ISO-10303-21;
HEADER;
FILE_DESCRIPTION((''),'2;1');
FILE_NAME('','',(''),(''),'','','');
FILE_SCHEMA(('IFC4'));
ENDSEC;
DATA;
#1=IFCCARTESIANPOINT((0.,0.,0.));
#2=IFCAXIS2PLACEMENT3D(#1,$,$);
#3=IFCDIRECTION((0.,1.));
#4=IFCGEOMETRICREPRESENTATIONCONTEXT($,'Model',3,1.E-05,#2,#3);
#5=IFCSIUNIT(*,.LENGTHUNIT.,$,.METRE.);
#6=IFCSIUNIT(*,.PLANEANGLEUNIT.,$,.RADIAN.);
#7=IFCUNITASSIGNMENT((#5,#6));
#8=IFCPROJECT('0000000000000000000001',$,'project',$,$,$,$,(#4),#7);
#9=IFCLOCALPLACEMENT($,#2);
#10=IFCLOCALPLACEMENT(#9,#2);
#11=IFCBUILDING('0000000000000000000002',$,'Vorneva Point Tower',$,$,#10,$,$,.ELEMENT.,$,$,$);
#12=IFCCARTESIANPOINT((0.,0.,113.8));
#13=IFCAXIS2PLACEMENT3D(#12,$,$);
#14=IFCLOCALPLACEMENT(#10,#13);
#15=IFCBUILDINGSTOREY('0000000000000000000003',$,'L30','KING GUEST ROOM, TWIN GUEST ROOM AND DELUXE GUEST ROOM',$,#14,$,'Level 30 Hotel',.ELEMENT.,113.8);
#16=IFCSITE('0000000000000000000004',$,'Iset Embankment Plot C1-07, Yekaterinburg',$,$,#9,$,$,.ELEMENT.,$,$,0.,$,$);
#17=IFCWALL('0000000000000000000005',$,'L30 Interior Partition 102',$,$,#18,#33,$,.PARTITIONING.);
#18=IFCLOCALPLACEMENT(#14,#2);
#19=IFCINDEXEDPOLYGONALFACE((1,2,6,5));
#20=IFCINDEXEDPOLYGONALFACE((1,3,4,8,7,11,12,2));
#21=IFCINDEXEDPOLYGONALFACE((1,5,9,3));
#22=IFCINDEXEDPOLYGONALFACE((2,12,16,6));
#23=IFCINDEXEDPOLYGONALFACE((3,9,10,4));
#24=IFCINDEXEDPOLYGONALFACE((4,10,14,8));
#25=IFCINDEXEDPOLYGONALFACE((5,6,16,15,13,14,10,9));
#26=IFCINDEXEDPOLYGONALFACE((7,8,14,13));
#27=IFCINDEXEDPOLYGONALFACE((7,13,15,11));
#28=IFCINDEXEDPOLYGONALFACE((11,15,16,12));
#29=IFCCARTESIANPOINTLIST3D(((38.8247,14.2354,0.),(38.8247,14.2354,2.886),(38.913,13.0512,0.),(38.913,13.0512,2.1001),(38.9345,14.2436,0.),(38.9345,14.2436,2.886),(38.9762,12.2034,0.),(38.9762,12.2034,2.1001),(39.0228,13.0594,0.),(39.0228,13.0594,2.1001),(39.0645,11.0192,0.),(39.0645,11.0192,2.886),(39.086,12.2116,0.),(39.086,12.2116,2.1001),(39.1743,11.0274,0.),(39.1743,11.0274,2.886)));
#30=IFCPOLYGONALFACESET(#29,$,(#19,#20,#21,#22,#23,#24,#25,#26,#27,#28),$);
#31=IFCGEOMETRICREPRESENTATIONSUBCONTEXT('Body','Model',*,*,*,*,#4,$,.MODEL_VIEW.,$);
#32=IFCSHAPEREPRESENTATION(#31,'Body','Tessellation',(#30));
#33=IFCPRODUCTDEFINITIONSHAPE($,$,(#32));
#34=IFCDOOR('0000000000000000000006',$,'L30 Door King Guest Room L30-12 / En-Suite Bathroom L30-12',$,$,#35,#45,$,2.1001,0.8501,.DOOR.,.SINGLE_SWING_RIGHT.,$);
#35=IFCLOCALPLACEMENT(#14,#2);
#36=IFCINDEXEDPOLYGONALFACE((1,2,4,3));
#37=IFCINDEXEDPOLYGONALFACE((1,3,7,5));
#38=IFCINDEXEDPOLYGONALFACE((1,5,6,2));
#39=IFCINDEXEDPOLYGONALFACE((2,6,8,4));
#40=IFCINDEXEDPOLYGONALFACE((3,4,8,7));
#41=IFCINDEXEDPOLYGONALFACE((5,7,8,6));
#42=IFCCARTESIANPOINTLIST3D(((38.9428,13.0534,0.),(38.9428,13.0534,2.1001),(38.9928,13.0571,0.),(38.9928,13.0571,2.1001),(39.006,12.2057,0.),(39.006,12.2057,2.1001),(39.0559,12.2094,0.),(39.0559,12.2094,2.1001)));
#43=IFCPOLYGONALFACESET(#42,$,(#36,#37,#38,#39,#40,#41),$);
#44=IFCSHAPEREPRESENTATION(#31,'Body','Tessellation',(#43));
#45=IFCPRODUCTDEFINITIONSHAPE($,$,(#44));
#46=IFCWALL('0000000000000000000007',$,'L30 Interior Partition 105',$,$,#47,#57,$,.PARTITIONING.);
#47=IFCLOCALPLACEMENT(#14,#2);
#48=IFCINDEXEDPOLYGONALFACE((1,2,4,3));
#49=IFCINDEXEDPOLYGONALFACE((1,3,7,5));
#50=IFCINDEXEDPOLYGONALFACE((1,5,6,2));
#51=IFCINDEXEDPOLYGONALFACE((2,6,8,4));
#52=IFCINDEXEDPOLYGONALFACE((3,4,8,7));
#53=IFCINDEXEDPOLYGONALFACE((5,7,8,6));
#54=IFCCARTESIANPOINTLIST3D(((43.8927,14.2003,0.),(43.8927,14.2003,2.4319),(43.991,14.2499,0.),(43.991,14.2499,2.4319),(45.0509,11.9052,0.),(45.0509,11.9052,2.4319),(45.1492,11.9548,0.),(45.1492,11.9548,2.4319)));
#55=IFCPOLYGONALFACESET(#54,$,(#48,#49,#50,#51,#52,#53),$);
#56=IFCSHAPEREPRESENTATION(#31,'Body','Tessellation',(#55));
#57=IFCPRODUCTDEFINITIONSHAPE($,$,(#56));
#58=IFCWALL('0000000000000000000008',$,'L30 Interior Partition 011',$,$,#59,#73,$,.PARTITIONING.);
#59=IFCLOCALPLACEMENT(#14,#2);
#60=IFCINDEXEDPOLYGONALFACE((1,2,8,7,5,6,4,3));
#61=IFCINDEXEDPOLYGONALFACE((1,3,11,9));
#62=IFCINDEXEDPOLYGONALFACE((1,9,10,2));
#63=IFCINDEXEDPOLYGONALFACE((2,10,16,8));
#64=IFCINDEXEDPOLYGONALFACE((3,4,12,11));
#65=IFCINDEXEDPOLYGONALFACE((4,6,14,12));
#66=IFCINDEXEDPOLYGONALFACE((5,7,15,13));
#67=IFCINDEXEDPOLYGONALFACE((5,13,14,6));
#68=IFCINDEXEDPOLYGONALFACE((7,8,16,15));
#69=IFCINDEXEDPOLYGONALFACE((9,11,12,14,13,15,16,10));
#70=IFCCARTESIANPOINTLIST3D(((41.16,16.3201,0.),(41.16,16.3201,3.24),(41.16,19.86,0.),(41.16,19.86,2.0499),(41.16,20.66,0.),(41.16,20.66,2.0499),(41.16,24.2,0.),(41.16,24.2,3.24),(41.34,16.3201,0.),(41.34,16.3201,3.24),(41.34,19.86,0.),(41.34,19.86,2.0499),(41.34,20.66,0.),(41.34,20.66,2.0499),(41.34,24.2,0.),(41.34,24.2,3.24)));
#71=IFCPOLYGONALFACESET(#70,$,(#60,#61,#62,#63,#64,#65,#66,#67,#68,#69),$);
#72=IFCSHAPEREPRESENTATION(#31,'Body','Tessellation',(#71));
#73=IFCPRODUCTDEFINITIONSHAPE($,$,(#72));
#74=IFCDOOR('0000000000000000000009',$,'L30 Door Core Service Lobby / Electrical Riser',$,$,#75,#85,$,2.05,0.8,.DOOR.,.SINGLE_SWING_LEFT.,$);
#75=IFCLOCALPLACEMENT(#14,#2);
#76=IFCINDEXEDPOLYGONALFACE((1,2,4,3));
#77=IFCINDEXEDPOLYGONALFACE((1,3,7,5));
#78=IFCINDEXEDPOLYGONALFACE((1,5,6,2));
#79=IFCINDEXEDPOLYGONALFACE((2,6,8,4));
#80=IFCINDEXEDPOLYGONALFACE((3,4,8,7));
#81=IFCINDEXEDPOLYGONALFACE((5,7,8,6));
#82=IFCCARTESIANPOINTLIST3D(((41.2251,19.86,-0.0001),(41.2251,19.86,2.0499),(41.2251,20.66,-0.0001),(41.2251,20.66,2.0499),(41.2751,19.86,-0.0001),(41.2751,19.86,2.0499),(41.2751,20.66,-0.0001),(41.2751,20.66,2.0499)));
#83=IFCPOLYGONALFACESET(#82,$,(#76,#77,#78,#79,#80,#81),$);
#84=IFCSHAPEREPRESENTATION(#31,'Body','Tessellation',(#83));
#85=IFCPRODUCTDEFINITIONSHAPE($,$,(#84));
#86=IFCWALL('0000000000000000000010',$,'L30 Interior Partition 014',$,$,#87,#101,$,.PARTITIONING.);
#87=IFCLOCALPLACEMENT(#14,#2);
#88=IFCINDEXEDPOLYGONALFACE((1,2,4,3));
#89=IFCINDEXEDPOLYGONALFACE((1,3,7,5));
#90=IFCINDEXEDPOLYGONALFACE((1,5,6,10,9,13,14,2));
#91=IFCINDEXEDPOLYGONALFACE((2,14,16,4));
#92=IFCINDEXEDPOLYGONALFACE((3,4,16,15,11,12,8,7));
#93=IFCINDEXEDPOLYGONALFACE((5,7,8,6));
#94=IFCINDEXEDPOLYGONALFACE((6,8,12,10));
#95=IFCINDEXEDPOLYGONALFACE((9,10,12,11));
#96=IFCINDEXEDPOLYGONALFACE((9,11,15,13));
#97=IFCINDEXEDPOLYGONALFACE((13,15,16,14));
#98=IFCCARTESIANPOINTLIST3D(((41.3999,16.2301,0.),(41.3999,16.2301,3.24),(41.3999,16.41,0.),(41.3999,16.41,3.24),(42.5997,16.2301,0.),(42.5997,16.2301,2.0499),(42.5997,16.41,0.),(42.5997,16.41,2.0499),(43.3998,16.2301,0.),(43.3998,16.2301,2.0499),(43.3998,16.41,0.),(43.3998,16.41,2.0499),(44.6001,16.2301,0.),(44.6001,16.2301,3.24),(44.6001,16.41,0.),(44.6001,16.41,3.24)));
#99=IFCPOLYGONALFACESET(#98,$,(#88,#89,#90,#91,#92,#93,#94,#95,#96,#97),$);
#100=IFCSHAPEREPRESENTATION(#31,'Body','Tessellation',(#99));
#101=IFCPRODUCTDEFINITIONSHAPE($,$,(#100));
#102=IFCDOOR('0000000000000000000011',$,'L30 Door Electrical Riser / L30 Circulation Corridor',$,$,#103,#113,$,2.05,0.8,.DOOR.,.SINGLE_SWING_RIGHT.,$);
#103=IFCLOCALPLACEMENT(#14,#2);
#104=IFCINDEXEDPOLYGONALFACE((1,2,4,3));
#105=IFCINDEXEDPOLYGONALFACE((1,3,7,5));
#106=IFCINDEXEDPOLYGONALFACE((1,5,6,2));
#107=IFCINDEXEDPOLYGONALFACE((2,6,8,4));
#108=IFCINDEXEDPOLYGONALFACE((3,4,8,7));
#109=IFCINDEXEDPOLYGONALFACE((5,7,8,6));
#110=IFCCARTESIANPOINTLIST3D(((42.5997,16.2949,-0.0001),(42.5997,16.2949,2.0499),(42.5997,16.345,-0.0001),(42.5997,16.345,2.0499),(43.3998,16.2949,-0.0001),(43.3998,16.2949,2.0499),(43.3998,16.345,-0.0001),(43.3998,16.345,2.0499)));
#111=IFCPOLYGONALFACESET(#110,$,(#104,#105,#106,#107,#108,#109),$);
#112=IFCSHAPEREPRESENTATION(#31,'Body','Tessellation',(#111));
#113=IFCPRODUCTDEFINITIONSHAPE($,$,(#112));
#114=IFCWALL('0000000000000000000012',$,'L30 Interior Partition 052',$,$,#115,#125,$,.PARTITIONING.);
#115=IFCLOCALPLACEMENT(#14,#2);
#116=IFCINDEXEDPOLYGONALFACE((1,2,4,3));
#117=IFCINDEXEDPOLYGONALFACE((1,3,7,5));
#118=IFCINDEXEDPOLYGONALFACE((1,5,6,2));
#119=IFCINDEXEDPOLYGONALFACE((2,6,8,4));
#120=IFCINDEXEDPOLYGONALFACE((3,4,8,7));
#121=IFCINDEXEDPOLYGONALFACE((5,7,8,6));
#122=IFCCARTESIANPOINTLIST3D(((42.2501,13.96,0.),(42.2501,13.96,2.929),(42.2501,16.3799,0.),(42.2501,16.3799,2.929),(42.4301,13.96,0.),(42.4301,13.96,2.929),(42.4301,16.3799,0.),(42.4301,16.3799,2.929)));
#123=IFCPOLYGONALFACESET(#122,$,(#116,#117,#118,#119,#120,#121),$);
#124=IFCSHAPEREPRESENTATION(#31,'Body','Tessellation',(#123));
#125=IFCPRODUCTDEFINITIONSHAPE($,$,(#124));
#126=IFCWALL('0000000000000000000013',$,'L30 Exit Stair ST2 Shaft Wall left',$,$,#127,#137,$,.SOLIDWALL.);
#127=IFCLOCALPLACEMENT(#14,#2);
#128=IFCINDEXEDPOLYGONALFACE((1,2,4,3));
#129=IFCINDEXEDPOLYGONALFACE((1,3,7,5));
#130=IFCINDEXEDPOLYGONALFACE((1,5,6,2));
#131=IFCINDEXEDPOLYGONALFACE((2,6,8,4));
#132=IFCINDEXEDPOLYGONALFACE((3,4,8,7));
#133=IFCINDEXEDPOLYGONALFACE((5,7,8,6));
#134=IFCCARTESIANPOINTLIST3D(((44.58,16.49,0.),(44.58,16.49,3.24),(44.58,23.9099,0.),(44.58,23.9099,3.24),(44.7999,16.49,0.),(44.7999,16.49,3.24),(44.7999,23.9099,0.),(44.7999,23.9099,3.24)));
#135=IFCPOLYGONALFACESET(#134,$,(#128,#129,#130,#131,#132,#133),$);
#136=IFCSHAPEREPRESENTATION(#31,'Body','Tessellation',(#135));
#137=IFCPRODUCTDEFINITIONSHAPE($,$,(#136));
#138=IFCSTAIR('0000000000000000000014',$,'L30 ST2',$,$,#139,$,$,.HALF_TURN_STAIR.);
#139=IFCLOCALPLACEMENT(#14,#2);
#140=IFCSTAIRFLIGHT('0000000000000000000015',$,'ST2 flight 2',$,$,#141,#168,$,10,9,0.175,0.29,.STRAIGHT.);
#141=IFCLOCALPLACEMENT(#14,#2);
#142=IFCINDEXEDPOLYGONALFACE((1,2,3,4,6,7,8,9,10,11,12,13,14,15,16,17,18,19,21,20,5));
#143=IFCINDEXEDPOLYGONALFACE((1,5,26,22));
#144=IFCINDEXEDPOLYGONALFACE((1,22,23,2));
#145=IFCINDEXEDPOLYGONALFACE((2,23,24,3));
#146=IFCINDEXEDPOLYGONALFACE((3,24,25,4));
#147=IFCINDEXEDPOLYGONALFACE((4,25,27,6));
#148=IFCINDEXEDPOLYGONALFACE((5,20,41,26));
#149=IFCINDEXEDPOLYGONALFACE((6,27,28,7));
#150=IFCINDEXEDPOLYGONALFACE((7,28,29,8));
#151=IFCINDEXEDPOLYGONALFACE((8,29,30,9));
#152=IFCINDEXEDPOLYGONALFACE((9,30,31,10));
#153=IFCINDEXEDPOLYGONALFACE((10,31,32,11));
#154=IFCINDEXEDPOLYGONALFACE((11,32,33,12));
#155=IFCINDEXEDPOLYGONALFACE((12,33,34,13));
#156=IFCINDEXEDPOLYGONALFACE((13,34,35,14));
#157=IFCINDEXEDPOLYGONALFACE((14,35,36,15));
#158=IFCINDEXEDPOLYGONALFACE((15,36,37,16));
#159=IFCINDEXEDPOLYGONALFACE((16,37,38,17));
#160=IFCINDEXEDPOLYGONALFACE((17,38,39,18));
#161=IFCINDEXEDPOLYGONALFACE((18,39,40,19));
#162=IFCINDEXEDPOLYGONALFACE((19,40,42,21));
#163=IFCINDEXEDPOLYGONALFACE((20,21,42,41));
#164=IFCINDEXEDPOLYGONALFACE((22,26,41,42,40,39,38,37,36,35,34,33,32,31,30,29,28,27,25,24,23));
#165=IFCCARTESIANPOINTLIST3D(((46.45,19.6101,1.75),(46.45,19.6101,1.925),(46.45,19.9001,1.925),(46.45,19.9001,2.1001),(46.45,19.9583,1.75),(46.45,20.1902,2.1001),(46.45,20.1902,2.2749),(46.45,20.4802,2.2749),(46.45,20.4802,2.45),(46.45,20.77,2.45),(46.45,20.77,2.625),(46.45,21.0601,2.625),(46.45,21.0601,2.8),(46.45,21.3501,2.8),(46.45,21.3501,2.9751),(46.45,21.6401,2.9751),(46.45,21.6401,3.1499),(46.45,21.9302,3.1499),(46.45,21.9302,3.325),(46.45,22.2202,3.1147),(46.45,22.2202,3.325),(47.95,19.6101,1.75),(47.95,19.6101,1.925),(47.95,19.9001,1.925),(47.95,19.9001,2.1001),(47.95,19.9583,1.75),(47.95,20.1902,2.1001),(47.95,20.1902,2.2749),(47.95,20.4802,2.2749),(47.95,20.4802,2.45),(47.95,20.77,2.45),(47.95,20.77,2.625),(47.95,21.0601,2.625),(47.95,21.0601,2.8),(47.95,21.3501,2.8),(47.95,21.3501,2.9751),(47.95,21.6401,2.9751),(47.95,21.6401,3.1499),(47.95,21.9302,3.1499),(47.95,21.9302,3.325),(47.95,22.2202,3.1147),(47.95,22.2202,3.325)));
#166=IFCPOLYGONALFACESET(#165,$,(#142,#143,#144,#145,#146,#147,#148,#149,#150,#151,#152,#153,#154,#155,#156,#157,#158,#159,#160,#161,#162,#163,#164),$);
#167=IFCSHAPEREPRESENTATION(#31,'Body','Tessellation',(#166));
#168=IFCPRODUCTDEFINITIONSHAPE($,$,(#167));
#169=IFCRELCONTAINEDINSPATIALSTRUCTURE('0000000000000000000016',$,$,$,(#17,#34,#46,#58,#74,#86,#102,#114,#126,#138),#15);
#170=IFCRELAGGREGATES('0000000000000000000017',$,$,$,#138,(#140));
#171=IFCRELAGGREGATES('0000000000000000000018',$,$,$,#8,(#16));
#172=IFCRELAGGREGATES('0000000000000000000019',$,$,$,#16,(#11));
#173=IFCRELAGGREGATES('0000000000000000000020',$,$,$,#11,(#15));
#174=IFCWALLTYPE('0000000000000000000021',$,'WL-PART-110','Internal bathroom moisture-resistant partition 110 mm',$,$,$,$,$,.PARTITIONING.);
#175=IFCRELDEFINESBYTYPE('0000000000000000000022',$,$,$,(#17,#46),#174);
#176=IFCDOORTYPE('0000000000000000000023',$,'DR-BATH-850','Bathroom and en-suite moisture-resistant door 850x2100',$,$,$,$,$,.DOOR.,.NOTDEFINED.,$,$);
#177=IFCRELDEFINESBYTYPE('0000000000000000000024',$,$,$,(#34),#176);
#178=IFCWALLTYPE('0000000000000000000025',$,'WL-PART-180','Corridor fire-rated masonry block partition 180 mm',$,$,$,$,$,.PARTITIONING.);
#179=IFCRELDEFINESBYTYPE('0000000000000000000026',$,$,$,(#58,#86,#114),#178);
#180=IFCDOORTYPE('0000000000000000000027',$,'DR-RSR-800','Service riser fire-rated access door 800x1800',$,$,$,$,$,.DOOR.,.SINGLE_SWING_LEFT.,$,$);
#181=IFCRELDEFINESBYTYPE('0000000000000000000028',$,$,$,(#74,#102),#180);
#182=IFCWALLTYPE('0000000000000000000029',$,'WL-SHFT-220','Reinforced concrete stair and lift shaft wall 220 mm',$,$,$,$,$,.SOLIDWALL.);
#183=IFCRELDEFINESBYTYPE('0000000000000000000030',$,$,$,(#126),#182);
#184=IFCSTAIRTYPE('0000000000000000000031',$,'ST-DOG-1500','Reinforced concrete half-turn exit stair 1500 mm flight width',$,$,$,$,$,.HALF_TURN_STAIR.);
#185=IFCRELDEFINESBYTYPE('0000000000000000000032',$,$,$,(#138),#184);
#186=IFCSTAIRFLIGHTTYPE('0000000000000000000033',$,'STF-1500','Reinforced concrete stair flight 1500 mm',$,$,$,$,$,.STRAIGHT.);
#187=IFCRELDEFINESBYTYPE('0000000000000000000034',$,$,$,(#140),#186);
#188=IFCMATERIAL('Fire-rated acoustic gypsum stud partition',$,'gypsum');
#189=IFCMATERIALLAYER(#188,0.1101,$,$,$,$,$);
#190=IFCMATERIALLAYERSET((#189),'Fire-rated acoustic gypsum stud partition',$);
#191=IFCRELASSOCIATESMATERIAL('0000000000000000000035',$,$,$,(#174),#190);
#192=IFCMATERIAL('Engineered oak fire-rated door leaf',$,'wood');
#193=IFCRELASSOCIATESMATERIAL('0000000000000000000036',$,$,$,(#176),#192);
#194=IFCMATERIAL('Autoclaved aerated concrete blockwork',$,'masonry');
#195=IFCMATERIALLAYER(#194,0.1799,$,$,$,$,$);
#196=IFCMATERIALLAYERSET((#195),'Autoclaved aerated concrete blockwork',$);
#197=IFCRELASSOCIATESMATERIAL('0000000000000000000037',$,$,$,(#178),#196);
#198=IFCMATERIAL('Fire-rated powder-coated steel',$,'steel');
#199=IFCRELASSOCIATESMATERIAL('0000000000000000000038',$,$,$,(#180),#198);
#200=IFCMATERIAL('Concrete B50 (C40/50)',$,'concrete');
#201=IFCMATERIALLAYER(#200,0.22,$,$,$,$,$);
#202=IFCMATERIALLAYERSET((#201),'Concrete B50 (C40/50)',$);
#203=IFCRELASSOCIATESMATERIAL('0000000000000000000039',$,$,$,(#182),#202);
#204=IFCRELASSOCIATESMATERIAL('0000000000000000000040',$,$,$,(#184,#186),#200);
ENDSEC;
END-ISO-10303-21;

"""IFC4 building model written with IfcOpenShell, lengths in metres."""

from ifc_helpers import new_model, si_unit, direction, frame, frame_2d, origin, place, context, subcontext, project, spatial, polyline, rectangle, outline, extrude, material, layer, layer_set, type_object, element, fill, aggregate, save


model = new_model("IFC4")

# Units and contexts
model_context = context("Model", 3, precision=1e-05, world=origin(), true_north=direction((0.0, 1.0)))
body_context = subcontext(model_context, "Body", "Model", "MODEL_VIEW")
ifc_project = project(units=[si_unit("LENGTHUNIT", "METRE"), si_unit("PLANEANGLEUNIT", "RADIAN")], contexts=[model_context])

# Site, building, storey
site_placement = place(None, origin())
site = spatial("IfcSite", under=ifc_project, at=site_placement, Name="Iset Embankment Plot C1-07, Yekaterinburg", CompositionType="ELEMENT", RefElevation=0.0)
building_placement = place(site_placement, origin())
building = spatial("IfcBuilding", under=site, at=building_placement, Name="Vorneva Point Tower", CompositionType="ELEMENT")
storey_placement = place(building_placement, frame((0.0, 0.0, 113.8)))
storey = spatial("IfcBuildingStorey", under=building, at=storey_placement, Name="L30", Description="KING GUEST ROOM, TWIN GUEST ROOM AND DELUXE GUEST ROOM", LongName="Level 30 Hotel", CompositionType="ELEMENT", Elevation=113.8)

# Wall, opening, door
ifc_material_1 = material(Name="Fire-rated acoustic gypsum stud partition", Category="gypsum")
ifc_layer_1 = layer(ifc_material_1, 0.1101)
ifc_layer_set_1 = layer_set([ifc_layer_1], Name="Fire-rated acoustic gypsum stud partition")
wall_type_1 = type_object("IfcWallType", Name="WL-PART-110", Description="Internal bathroom moisture-resistant partition 110 mm", PredefinedType="PARTITIONING", material=ifc_layer_set_1)
wall_1_placement = place(storey_placement, frame((38.8796, 14.2395, 0.0), z_axis=(0.0, 0.0, 1.0), x_axis=(0.07434, -0.997233, 0.0)))
wall_1 = element("IfcWall", 1, at=wall_1_placement, inside=storey, type_object=wall_type_1, Name="L30 Interior Partition 102", PredefinedType="PARTITIONING", context=body_context, shape_type="SweptSolid", body=[
    extrude(rectangle(XDim=3.2251, YDim=0.1101, at=frame_2d((1.6125, 0.0))), origin(), (0.0, 0.0, 1.0), 2.886),
])
opening_1_placement = place(wall_1_placement, frame((1.1875, 0.0, 0.0)))
opening_1 = element("IfcOpeningElement", 2, at=opening_1_placement, cuts=wall_1, PredefinedType="OPENING", context=body_context, shape_type="SweptSolid", body=[
    extrude(rectangle(XDim=0.8501, YDim=2.1001, at=frame_2d((0.425, 1.05))), frame((0.0, 0.0698, 0.0), z_axis=(0.0, -1.0, 0.0), x_axis=(1.0, 0.0, 0.0)), (0.0, 0.0, 1.0), 0.1399),
])
ifc_material_2 = material(Name="Engineered oak fire-rated door leaf", Category="wood")
door_type_1 = type_object("IfcDoorType", Name="DR-BATH-850", Description="Bathroom and en-suite moisture-resistant door 850x2100", OperationType="NOTDEFINED", PredefinedType="DOOR", material=ifc_material_2)
door_1_placement = place(opening_1_placement, origin())
door_1 = element("IfcDoor", 3, at=door_1_placement, inside=storey, type_object=door_type_1, Name="L30 Door King Guest Room L30-12 / En-Suite Bathroom L30-12", OperationType="SINGLE_SWING_RIGHT", OverallHeight=2.1001, OverallWidth=0.8501, PredefinedType="DOOR", context=body_context, shape_type="SweptSolid", body=[
    extrude(rectangle(XDim=0.8501, YDim=2.1001, at=frame_2d((0.425, 1.05))), frame((0.0, 0.0249, 0.0), z_axis=(0.0, -1.0, 0.0), x_axis=(1.0, 0.0, 0.0)), (0.0, 0.0, 1.0), 0.05),
])
fill(opening_1, door_1)

# Wall
wall_2_placement = place(storey_placement, frame((43.9419, 14.2251, 0.0), z_axis=(0.0, 0.0, 1.0), x_axis=(0.450515, -0.892769, 0.0)))
element("IfcWall", 4, at=wall_2_placement, inside=storey, type_object=wall_type_1, Name="L30 Interior Partition 105", PredefinedType="PARTITIONING", context=body_context, shape_type="SweptSolid", body=[
    extrude(rectangle(XDim=2.5708, YDim=0.1101, at=frame_2d((1.2854, 0.0))), origin(), (0.0, 0.0, 1.0), 2.4319),
])

# Walls, openings, doors
ifc_material_3 = material(Name="Autoclaved aerated concrete blockwork", Category="masonry")
ifc_layer_2 = layer(ifc_material_3, 0.1799)
ifc_layer_set_2 = layer_set([ifc_layer_2], Name="Autoclaved aerated concrete blockwork")
wall_type_2 = type_object("IfcWallType", Name="WL-PART-180", Description="Corridor fire-rated masonry block partition 180 mm", PredefinedType="PARTITIONING", material=ifc_layer_set_2)
wall_3_placement = place(storey_placement, frame((41.25, 16.3201, 0.0), z_axis=(0.0, 0.0, 1.0), x_axis=(0.0, 1.0, 0.0)))
wall_3 = element("IfcWall", 5, at=wall_3_placement, inside=storey, type_object=wall_type_2, Name="L30 Interior Partition 011", PredefinedType="PARTITIONING", context=body_context, shape_type="SweptSolid", body=[
    extrude(rectangle(XDim=7.8799, YDim=0.1799, at=frame_2d((3.9399, 0.0))), origin(), (0.0, 0.0, 1.0), 3.24),
])
opening_2_placement = place(wall_3_placement, frame((3.54, 0.0, 0.0)))
opening_2 = element("IfcOpeningElement", 6, at=opening_2_placement, cuts=wall_3, PredefinedType="OPENING", context=body_context, shape_type="SweptSolid", body=[
    extrude(rectangle(XDim=0.8, YDim=2.05, at=frame_2d((0.3999, 1.0249))), frame((0.0, 0.105, 0.0), z_axis=(0.0, -1.0, 0.0), x_axis=(1.0, 0.0, 0.0)), (0.0, 0.0, 1.0), 0.2097),
])
ifc_material_4 = material(Name="Fire-rated powder-coated steel", Category="steel")
door_type_2 = type_object("IfcDoorType", Name="DR-RSR-800", Description="Service riser fire-rated access door 800x1800", OperationType="SINGLE_SWING_LEFT", PredefinedType="DOOR", material=ifc_material_4)
door_2_placement = place(opening_2_placement, origin())
door_2 = element("IfcDoor", 7, at=door_2_placement, inside=storey, type_object=door_type_2, Name="L30 Door Core Service Lobby / Electrical Riser", OperationType="SINGLE_SWING_LEFT", OverallHeight=2.05, OverallWidth=0.8, PredefinedType="DOOR", context=body_context, shape_type="SweptSolid", body=[
    extrude(rectangle(XDim=0.8, YDim=2.05, at=frame_2d((0.3999, 1.0249))), frame((0.0, 0.0249, 0.0), z_axis=(0.0, -1.0, 0.0), x_axis=(1.0, 0.0, 0.0)), (0.0, 0.0, 1.0), 0.05),
])
fill(opening_2, door_2)
wall_4_placement = place(storey_placement, frame((41.3999, 16.3201, 0.0), z_axis=(0.0, 0.0, 1.0), x_axis=(1.0, 0.0, 0.0)))
wall_4 = element("IfcWall", 8, at=wall_4_placement, inside=storey, type_object=wall_type_2, Name="L30 Interior Partition 014", PredefinedType="PARTITIONING", context=body_context, shape_type="SweptSolid", body=[
    extrude(rectangle(XDim=3.2002, YDim=0.1799, at=frame_2d((1.6001, 0.0))), origin(), (0.0, 0.0, 1.0), 3.24),
])
opening_3_placement = place(wall_4_placement, frame((1.2, 0.0, 0.0)))
opening_3 = element("IfcOpeningElement", 9, at=opening_3_placement, cuts=wall_4, PredefinedType="OPENING", context=body_context, shape_type="SweptSolid", body=[
    extrude(rectangle(XDim=0.8, YDim=2.05, at=frame_2d((0.3999, 1.0249))), frame((0.0, 0.105, 0.0), z_axis=(0.0, -1.0, 0.0), x_axis=(1.0, 0.0, 0.0)), (0.0, 0.0, 1.0), 0.2097),
])
door_3_placement = place(opening_3_placement, origin())
door_3 = element("IfcDoor", 10, at=door_3_placement, inside=storey, type_object=door_type_2, Name="L30 Door Electrical Riser / L30 Circulation Corridor", OperationType="SINGLE_SWING_RIGHT", OverallHeight=2.05, OverallWidth=0.8, PredefinedType="DOOR", context=body_context, shape_type="SweptSolid", body=[
    extrude(rectangle(XDim=0.8, YDim=2.05, at=frame_2d((0.3999, 1.0249))), frame((0.0, 0.0249, 0.0), z_axis=(0.0, -1.0, 0.0), x_axis=(1.0, 0.0, 0.0)), (0.0, 0.0, 1.0), 0.05),
])
fill(opening_3, door_3)

# Wall
wall_5_placement = place(storey_placement, frame((42.3401, 16.3799, 0.0), z_axis=(0.0, 0.0, 1.0), x_axis=(0.0, -1.0, 0.0)))
element("IfcWall", 11, at=wall_5_placement, inside=storey, type_object=wall_type_2, Name="L30 Interior Partition 052", PredefinedType="PARTITIONING", context=body_context, shape_type="SweptSolid", body=[
    extrude(rectangle(XDim=2.4199, YDim=0.1799, at=frame_2d((1.21, 0.0))), origin(), (0.0, 0.0, 1.0), 2.929),
])

# Wall
ifc_material_5 = material(Name="Concrete B50 (C40/50)", Category="concrete")
ifc_layer_3 = layer(ifc_material_5, 0.22)
ifc_layer_set_3 = layer_set([ifc_layer_3], Name="Concrete B50 (C40/50)")
wall_type_3 = type_object("IfcWallType", Name="WL-SHFT-220", Description="Reinforced concrete stair and lift shaft wall 220 mm", PredefinedType="SOLIDWALL", material=ifc_layer_set_3)
wall_6_placement = place(storey_placement, frame((44.6899, 16.49, 0.0), z_axis=(0.0, 0.0, 1.0), x_axis=(0.0, 1.0, 0.0)))
element("IfcWall", 12, at=wall_6_placement, inside=storey, type_object=wall_type_3, Name="L30 Exit Stair ST2 Shaft Wall left", PredefinedType="SOLIDWALL", context=body_context, shape_type="SweptSolid", body=[
    extrude(rectangle(XDim=7.4199, YDim=0.22, at=frame_2d((3.71, 0.0))), origin(), (0.0, 0.0, 1.0), 3.24),
])

# Stair, stair flight
stair_type = type_object("IfcStairType", Name="ST-DOG-1500", Description="Reinforced concrete half-turn exit stair 1500 mm flight width", PredefinedType="HALF_TURN_STAIR", material=ifc_material_5)
stair_placement = place(storey_placement, origin())
stair = element("IfcStair", 13, at=stair_placement, inside=storey, type_object=stair_type, Name="L30 ST2", PredefinedType="HALF_TURN_STAIR")
stair_flight_type = type_object("IfcStairFlightType", Name="STF-1500", Description="Reinforced concrete stair flight 1500 mm", PredefinedType="STRAIGHT", material=ifc_material_5)
stair_flight_placement = place(storey_placement, frame((47.2, 19.6101, 1.75), z_axis=(0.0, 0.0, 1.0), x_axis=(0.0, 1.0, 0.0)))
stair_flight = element("IfcStairFlight", 14, at=stair_flight_placement, type_object=stair_flight_type, Name="ST2 flight 2", NumberOfRisers=10, NumberOfTreads=9, PredefinedType="STRAIGHT", RiserHeight=0.175, TreadLength=0.29, context=body_context, shape_type="SweptSolid", body=[
    extrude(outline(polyline([(0.0, 0.0), (0.0, 0.175), (0.29, 0.175), (0.29, 0.3501), (0.5801, 0.3501), (0.5801, 0.5249), (0.8701, 0.5249), (0.8701, 0.7), (1.1599, 0.7), (1.1599, 0.875), (1.45, 0.875), (1.45, 1.05), (1.74, 1.05), (1.74, 1.2251), (2.03, 1.2251), (2.03, 1.3999), (2.3201, 1.3999), (2.3201, 1.575), (2.6101, 1.575), (2.6101, 1.75), (2.6101, 1.3647), (0.3481, 0.0), (0.0, 0.0)])), frame((0.0, 0.75, 0.0), z_axis=(0.0, -1.0, 0.0), x_axis=(1.0, 0.0, 0.0)), (0.0, 0.0, 1.0), 1.5),
])
aggregate(stair, [stair_flight])

save(model, "model.ifc")
